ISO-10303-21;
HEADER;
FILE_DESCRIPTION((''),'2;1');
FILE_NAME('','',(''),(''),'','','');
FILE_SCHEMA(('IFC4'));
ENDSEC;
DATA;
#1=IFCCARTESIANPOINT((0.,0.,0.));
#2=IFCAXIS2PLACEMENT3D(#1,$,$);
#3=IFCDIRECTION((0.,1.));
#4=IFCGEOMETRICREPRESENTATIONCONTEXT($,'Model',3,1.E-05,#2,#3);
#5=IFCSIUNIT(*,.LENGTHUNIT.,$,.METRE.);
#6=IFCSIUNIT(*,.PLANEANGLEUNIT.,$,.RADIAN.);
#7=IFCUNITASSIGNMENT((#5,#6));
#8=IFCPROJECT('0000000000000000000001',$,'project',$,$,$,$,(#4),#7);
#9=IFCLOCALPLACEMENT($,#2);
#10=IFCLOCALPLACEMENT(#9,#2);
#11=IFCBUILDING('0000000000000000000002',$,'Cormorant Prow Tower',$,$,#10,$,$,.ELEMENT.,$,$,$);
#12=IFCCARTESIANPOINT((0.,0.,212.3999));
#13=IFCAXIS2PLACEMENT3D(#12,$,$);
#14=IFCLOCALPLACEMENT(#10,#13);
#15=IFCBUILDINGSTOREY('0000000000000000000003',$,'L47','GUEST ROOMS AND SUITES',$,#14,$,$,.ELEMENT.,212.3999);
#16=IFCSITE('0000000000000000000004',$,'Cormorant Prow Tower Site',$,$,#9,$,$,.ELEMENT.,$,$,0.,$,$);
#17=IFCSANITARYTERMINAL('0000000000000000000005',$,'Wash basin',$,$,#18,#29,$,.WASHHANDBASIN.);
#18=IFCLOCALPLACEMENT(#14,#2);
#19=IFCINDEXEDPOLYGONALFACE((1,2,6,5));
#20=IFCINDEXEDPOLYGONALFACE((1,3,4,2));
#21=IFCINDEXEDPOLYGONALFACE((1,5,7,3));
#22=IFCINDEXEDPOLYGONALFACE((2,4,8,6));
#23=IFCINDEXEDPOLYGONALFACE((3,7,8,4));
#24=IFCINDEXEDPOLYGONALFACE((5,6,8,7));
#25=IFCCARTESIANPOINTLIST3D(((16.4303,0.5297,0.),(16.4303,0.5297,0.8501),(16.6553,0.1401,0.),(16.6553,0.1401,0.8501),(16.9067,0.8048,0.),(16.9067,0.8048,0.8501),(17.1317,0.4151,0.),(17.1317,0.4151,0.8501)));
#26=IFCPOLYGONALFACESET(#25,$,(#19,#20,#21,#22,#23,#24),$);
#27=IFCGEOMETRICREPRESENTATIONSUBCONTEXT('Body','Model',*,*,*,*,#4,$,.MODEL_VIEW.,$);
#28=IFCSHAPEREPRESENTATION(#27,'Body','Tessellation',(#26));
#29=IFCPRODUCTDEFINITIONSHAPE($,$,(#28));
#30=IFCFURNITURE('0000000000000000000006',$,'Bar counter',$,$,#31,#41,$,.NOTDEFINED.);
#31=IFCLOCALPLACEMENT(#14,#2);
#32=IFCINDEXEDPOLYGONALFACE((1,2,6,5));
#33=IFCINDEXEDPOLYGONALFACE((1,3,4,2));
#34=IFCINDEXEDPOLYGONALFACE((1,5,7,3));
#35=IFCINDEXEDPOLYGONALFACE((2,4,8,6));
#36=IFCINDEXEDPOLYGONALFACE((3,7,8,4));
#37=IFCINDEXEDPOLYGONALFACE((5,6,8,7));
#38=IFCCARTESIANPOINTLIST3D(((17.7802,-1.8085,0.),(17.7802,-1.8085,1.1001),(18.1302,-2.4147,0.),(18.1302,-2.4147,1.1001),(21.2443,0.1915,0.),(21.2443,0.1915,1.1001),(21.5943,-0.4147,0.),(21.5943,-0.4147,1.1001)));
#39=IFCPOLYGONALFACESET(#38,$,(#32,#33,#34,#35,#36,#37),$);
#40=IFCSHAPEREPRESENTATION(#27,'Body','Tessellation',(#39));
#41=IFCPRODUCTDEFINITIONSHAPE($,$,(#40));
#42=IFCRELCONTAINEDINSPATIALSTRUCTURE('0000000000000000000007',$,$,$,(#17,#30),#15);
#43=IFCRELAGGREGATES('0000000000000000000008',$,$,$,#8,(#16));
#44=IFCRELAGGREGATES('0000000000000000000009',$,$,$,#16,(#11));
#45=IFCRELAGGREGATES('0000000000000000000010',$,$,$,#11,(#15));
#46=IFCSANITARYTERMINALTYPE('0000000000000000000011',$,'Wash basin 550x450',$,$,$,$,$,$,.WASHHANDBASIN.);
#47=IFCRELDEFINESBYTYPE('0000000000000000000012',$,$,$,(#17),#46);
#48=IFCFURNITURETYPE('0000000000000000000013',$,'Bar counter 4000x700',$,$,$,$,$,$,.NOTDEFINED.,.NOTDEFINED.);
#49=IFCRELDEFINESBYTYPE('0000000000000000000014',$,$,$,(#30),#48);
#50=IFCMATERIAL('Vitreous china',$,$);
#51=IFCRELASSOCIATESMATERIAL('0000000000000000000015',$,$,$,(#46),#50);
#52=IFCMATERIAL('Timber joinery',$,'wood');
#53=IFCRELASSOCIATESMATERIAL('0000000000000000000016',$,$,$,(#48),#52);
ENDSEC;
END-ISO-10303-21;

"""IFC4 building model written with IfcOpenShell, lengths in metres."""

from ifc_helpers import new_model, si_unit, direction, frame, origin, origin_2d, place, context, subcontext, project, spatial, rectangle, extrude, material, type_object, element, save


model = new_model("IFC4")

# Units and contexts
model_context = context("Model", 3, precision=1e-05, world=origin(), true_north=direction((0.0, 1.0)))
body_context = subcontext(model_context, "Body", "Model", "MODEL_VIEW")
ifc_project = project(units=[si_unit("LENGTHUNIT", "METRE"), si_unit("PLANEANGLEUNIT", "RADIAN")], contexts=[model_context])

# Site, building, storey
site_placement = place(None, origin())
site = spatial("IfcSite", under=ifc_project, at=site_placement, Name="Cormorant Prow Tower Site", CompositionType="ELEMENT", RefElevation=0.0)
building_placement = place(site_placement, origin())
building = spatial("IfcBuilding", under=site, at=building_placement, Name="Cormorant Prow Tower", CompositionType="ELEMENT")
storey_placement = place(building_placement, frame((0.0, 0.0, 212.3999)))
storey = spatial("IfcBuildingStorey", under=building, at=storey_placement, Name="L47", Description="GUEST ROOMS AND SUITES", CompositionType="ELEMENT", Elevation=212.3999)

# Sanitary terminal
ifc_material_1 = material(Name="Vitreous china")
sanitary_terminal_type_1 = type_object("IfcSanitaryTerminalType", Name="Wash basin 550x450", PredefinedType="WASHHANDBASIN", material=ifc_material_1)
sanitary_terminal_1_placement = place(storey_placement, frame((16.781, 0.4724, 0.0), z_axis=(0.0, 0.0, 1.0), x_axis=(0.866025, 0.5, 0.0)))
element("IfcSanitaryTerminal", 1, at=sanitary_terminal_1_placement, inside=storey, type_object=sanitary_terminal_type_1, Name="Wash basin", PredefinedType="WASHHANDBASIN", context=body_context, shape_type="SweptSolid", body=[
    extrude(rectangle(XDim=0.55, YDim=0.45, at=origin_2d()), origin(), (0.0, 0.0, 1.0), 0.8501),
])

# Furniture
ifc_material_2 = material(Name="Timber joinery", Category="wood")
furniture_type = type_object("IfcFurnitureType", Name="Bar counter 4000x700", AssemblyPlace="NOTDEFINED", PredefinedType="NOTDEFINED", material=ifc_material_2)
furniture_placement = place(storey_placement, frame((19.6873, -1.1116, 0.0), z_axis=(0.0, 0.0, 1.0), x_axis=(0.866025, 0.5, 0.0)))
element("IfcFurniture", 2, at=furniture_placement, inside=storey, type_object=furniture_type, Name="Bar counter", PredefinedType="NOTDEFINED", context=body_context, shape_type="SweptSolid", body=[
    extrude(rectangle(XDim=4.0, YDim=0.7, at=origin_2d()), origin(), (0.0, 0.0, 1.0), 1.1001),
])

save(model, "model.ifc")
